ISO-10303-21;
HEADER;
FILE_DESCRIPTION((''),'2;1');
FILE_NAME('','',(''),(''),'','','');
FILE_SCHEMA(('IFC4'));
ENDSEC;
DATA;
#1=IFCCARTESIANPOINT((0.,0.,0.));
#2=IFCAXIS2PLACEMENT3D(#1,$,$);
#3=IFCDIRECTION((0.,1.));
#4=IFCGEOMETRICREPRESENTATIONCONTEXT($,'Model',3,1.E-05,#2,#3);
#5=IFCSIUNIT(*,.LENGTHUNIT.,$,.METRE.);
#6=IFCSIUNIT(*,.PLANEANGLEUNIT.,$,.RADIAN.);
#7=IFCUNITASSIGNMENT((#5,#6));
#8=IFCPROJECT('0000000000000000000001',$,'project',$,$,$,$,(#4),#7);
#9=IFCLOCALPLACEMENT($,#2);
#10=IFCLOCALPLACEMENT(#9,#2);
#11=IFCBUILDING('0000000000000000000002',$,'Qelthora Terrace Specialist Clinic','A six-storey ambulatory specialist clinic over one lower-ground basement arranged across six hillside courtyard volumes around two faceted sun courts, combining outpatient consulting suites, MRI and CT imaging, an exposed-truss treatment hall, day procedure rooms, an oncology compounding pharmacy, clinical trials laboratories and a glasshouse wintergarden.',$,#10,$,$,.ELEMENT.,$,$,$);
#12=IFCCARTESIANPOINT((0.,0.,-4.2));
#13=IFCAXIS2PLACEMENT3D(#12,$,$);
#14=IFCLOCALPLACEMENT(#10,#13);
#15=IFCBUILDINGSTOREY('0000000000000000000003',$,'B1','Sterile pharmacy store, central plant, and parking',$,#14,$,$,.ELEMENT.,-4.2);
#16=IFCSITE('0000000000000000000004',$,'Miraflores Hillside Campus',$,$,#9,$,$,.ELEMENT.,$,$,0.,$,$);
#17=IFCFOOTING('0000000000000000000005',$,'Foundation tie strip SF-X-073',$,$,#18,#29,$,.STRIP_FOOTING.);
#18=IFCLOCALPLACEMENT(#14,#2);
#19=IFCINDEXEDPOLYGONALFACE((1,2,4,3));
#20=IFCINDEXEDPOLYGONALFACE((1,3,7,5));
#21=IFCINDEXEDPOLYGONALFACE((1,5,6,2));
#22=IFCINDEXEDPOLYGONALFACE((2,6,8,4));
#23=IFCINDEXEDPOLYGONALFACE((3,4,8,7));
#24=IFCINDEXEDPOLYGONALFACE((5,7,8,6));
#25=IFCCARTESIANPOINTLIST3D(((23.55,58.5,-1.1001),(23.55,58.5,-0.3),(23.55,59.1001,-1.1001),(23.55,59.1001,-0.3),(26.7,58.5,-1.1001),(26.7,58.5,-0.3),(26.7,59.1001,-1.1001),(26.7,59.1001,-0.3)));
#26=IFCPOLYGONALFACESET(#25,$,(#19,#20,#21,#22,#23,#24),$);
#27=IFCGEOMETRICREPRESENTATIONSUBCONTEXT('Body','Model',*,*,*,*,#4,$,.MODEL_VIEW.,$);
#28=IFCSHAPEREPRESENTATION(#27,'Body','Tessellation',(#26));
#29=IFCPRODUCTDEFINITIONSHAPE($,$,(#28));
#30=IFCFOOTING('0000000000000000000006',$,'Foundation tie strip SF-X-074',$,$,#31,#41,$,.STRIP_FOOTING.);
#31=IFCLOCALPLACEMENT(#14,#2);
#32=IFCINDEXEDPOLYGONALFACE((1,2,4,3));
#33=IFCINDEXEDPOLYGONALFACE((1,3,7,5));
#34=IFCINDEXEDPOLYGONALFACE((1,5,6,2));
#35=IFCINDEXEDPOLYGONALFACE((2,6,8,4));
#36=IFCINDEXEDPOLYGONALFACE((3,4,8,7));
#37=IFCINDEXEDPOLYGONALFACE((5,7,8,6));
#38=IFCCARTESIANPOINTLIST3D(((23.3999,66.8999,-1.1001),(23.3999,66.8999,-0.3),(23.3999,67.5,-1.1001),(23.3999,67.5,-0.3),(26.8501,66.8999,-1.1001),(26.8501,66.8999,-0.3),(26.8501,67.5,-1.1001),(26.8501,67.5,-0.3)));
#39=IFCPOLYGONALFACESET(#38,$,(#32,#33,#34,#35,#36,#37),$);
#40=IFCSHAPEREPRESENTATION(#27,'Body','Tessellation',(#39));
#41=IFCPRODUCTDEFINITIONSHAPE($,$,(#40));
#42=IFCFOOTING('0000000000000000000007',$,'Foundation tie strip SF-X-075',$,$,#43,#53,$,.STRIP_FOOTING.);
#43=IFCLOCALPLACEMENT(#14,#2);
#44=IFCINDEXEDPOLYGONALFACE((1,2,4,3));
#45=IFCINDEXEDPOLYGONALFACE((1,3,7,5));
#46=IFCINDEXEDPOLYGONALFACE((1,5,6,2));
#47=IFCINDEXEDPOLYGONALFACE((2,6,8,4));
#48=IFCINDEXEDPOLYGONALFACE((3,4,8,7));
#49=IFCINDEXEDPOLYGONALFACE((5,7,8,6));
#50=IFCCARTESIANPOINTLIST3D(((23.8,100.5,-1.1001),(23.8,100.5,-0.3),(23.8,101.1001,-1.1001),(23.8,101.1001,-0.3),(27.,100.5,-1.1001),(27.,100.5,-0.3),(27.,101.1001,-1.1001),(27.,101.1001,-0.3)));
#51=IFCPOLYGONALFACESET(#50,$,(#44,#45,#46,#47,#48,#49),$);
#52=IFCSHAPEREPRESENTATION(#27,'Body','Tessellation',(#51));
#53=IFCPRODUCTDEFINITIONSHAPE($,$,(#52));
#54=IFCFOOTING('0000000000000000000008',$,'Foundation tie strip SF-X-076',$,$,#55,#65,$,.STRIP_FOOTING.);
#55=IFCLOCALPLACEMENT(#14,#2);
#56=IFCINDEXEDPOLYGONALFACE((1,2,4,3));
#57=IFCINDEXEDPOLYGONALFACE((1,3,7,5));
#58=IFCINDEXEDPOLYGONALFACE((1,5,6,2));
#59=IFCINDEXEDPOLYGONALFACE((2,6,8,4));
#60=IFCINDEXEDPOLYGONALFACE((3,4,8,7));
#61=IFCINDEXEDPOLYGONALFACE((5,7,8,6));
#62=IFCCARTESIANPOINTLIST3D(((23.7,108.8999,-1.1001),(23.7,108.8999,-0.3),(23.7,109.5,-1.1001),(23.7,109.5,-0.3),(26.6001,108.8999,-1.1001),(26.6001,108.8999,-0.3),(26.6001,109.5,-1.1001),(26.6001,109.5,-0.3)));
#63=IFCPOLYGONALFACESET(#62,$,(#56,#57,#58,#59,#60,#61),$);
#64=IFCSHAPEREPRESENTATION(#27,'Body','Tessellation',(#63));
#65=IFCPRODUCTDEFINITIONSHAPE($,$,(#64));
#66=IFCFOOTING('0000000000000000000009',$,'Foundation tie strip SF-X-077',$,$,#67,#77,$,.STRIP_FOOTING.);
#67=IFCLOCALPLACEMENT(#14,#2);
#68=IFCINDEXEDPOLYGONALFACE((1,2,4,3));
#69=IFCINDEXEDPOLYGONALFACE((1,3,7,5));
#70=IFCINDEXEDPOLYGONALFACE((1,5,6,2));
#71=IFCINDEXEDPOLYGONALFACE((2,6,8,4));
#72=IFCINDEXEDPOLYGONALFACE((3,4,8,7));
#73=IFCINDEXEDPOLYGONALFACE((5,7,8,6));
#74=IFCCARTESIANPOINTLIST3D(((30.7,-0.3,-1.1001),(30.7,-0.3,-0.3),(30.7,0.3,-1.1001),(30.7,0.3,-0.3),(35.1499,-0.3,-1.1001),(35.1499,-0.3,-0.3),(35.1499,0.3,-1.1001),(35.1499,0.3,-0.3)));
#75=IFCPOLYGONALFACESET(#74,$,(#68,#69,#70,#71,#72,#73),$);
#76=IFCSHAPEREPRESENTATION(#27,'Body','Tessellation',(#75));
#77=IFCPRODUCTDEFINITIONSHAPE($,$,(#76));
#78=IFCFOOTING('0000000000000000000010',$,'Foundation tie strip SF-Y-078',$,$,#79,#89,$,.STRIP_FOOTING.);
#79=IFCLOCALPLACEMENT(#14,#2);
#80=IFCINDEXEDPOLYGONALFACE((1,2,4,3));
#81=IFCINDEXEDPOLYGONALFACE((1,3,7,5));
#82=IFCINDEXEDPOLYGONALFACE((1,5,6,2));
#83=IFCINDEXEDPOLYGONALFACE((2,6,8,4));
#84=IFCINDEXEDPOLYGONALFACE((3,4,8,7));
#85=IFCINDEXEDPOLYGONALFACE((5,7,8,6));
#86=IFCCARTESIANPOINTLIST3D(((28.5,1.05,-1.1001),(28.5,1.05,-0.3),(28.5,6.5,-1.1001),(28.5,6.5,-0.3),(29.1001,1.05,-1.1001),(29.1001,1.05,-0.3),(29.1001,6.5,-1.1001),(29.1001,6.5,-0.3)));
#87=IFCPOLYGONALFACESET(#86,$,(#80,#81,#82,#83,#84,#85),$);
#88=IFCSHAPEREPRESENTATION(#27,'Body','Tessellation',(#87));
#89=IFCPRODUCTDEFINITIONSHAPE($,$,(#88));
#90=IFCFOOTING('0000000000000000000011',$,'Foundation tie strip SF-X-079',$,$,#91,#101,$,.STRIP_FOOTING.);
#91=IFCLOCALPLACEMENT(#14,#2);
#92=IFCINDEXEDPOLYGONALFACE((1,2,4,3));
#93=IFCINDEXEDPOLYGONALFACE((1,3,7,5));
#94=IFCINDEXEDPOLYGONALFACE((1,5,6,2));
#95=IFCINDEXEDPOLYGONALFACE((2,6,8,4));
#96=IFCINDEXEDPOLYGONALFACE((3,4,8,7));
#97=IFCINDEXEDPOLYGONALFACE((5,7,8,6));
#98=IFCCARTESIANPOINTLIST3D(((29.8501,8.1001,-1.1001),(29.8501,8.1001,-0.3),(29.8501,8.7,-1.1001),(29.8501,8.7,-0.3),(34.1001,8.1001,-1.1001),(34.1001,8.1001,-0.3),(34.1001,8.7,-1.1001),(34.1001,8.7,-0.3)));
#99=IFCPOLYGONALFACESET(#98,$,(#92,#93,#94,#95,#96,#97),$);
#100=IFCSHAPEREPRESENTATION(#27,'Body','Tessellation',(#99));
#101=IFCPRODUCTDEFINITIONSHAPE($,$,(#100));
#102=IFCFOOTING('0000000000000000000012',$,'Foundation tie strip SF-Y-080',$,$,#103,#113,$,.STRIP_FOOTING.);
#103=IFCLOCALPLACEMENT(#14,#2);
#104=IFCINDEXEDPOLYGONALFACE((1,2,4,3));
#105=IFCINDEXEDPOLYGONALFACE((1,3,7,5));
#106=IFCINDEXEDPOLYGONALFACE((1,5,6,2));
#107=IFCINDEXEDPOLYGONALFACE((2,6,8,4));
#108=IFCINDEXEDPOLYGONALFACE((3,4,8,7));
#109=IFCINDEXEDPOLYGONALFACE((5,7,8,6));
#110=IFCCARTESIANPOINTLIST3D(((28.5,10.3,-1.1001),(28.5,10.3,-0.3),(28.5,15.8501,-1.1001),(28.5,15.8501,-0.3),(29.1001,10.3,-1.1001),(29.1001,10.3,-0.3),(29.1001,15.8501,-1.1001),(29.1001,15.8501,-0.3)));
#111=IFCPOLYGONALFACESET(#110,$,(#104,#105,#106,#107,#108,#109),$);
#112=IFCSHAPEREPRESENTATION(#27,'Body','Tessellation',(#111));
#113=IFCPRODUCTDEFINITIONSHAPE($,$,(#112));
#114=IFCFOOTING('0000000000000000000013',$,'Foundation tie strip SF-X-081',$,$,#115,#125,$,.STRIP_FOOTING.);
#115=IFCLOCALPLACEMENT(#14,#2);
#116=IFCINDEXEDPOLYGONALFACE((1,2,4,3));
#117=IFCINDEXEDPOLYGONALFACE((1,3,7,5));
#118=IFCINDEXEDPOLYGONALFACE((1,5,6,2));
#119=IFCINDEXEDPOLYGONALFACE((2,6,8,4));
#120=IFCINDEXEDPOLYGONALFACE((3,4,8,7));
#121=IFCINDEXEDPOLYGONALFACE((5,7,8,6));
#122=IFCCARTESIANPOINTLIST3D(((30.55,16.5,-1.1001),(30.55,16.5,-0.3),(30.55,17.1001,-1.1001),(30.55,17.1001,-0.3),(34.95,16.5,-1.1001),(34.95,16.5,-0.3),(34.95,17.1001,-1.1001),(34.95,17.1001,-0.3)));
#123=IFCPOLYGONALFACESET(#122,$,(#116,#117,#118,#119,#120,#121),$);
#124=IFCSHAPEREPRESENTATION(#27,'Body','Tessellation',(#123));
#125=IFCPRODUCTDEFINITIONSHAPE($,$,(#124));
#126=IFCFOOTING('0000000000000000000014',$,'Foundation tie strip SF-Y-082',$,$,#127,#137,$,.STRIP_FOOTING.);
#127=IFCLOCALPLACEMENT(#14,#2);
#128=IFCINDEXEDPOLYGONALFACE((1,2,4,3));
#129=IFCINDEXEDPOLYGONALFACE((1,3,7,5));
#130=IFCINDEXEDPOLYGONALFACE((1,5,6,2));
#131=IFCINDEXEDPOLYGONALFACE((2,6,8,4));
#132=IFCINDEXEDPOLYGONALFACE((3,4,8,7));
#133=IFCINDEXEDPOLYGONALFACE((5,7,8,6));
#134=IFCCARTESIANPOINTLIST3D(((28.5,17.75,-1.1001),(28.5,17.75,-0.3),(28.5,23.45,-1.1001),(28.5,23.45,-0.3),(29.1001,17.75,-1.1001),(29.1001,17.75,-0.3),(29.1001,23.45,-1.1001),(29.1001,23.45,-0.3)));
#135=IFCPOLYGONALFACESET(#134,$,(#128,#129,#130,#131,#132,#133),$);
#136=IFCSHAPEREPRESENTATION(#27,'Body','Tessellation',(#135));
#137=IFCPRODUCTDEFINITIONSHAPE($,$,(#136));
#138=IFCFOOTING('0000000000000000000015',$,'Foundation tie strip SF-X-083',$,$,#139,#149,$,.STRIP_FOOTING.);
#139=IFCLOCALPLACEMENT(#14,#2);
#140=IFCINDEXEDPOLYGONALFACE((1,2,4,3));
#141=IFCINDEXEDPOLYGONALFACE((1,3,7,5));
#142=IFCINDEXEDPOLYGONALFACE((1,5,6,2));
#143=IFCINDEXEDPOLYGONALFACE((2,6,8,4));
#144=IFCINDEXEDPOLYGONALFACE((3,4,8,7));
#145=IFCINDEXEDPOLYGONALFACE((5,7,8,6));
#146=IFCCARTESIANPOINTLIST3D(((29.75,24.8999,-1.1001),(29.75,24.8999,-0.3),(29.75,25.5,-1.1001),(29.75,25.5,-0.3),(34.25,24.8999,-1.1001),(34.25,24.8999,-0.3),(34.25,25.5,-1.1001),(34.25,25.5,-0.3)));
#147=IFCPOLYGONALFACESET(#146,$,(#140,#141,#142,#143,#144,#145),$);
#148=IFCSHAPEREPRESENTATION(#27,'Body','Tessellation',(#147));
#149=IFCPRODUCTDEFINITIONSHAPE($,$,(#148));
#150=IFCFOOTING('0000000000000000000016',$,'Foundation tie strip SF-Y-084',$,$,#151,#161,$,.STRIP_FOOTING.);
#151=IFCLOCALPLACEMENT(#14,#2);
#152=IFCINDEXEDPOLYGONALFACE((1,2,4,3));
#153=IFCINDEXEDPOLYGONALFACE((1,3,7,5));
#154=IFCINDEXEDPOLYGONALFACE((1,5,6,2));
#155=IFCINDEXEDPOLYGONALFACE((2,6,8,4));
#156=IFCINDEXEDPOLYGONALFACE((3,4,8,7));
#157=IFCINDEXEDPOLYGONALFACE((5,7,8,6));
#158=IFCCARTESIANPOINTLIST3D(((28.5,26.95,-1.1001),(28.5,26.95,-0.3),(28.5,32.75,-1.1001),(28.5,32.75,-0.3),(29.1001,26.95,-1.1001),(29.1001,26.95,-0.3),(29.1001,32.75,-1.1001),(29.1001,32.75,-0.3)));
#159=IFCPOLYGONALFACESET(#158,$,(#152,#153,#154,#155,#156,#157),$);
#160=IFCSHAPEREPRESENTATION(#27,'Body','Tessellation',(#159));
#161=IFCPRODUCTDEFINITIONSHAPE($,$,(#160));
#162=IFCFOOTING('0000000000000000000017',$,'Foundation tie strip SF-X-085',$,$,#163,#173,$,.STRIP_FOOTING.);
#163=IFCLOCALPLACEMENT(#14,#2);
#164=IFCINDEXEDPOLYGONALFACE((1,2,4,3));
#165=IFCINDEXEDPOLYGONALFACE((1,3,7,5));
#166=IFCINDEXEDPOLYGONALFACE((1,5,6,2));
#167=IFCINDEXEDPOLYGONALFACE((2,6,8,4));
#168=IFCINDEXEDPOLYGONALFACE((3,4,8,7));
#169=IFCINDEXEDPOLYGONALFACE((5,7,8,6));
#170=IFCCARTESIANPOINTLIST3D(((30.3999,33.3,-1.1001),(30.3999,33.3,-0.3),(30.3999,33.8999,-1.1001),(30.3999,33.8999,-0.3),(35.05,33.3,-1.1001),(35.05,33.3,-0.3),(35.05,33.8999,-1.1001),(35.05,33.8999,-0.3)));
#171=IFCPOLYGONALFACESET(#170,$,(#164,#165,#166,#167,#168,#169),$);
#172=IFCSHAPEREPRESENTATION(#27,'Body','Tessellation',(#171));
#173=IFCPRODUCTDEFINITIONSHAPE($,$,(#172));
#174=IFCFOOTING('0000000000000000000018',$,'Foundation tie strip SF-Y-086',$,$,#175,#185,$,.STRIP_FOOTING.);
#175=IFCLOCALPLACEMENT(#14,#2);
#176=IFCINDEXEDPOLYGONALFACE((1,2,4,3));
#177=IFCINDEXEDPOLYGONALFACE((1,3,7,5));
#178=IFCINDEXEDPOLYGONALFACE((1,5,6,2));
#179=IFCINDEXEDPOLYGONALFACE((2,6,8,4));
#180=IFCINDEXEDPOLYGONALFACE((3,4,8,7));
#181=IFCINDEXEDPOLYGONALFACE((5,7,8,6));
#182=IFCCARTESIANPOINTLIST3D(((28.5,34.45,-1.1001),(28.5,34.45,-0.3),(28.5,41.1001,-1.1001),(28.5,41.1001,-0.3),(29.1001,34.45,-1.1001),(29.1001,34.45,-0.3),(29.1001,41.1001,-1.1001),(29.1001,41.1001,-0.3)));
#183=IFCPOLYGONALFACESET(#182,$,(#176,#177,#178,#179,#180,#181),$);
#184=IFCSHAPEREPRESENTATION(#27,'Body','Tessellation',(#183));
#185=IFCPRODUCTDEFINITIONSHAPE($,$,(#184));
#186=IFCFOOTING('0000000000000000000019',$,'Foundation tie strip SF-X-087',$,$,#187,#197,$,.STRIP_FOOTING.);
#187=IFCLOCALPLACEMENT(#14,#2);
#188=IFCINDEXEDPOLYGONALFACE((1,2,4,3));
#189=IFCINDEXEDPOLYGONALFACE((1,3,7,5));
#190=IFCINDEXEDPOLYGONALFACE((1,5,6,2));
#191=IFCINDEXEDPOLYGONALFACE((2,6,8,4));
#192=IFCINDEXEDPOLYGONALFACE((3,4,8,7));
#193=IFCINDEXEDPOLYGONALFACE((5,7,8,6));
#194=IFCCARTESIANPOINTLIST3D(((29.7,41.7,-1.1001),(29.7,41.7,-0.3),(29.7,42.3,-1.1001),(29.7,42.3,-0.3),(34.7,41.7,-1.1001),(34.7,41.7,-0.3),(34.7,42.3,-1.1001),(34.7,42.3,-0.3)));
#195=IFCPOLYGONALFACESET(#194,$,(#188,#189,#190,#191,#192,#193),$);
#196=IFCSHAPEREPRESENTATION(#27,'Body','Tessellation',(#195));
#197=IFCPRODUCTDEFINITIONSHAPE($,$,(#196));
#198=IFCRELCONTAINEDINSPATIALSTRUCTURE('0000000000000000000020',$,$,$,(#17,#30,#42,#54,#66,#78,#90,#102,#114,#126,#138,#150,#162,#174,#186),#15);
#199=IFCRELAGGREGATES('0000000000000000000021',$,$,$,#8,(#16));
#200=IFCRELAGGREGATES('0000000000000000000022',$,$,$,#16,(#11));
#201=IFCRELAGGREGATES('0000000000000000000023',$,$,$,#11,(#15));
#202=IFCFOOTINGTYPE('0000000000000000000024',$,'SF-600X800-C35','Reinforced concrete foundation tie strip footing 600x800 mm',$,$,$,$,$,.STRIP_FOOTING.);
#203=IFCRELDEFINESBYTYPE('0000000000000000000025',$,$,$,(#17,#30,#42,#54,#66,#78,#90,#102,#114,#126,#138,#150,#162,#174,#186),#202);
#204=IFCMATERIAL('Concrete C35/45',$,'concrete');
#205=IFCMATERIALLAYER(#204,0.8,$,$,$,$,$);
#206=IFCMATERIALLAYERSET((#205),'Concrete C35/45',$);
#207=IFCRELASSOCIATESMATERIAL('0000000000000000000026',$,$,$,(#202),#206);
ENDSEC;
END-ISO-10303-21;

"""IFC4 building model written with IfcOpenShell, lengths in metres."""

from ifc_helpers import new_model, si_unit, direction, frame, origin, place, context, subcontext, project, spatial, polyline, outline, extrude, material, layer, layer_set, type_object, element, save


model = new_model("IFC4")

# Units and contexts
model_context = context("Model", 3, precision=1e-05, world=origin(), true_north=direction((0.0, 1.0)))
body_context = subcontext(model_context, "Body", "Model", "MODEL_VIEW")
ifc_project = project(units=[si_unit("LENGTHUNIT", "METRE"), si_unit("PLANEANGLEUNIT", "RADIAN")], contexts=[model_context])

# Site, building, storey
site_placement = place(None, origin())
site = spatial("IfcSite", under=ifc_project, at=site_placement, Name="Miraflores Hillside Campus", CompositionType="ELEMENT", RefElevation=0.0)
building_placement = place(site_placement, origin())
building = spatial("IfcBuilding", under=site, at=building_placement, Name="Qelthora Terrace Specialist Clinic", Description="A six-storey ambulatory specialist clinic over one lower-ground basement arranged across six hillside courtyard volumes around two faceted sun courts, combining outpatient consulting suites, MRI and CT imaging, an exposed-truss treatment hall, day procedure rooms, an oncology compounding pharmacy, clinical trials laboratories and a glasshouse wintergarden.", CompositionType="ELEMENT")
storey_placement = place(building_placement, frame((0.0, 0.0, -4.2)))
storey = spatial("IfcBuildingStorey", under=building, at=storey_placement, Name="B1", Description="Sterile pharmacy store, central plant, and parking", CompositionType="ELEMENT", Elevation=-4.2)

# Footings
ifc_material = material(Name="Concrete C35/45", Category="concrete")
ifc_layer = layer(ifc_material, 0.8)
ifc_layer_set = layer_set([ifc_layer], Name="Concrete C35/45")
footing_type = type_object("IfcFootingType", Name="SF-600X800-C35", Description="Reinforced concrete foundation tie strip footing 600x800 mm", PredefinedType="STRIP_FOOTING", material=ifc_layer_set)
footing_1_placement = place(storey_placement, frame((0.0, 0.0, -1.1001)))
element("IfcFooting", 1, at=footing_1_placement, inside=storey, type_object=footing_type, Name="Foundation tie strip SF-X-073", PredefinedType="STRIP_FOOTING", context=body_context, shape_type="SweptSolid", body=[
    extrude(outline(polyline([(23.55, 58.5), (26.7, 58.5), (26.7, 59.1001), (23.55, 59.1001), (23.55, 58.5)])), origin(), (0.0, 0.0, 1.0), 0.8),
])
footing_2_placement = place(storey_placement, frame((0.0, 0.0, -1.1001)))
element("IfcFooting", 2, at=footing_2_placement, inside=storey, type_object=footing_type, Name="Foundation tie strip SF-X-074", PredefinedType="STRIP_FOOTING", context=body_context, shape_type="SweptSolid", body=[
    extrude(outline(polyline([(23.3999, 66.8999), (26.8501, 66.8999), (26.8501, 67.5), (23.3999, 67.5), (23.3999, 66.8999)])), origin(), (0.0, 0.0, 1.0), 0.8),
])
footing_3_placement = place(storey_placement, frame((0.0, 0.0, -1.1001)))
element("IfcFooting", 3, at=footing_3_placement, inside=storey, type_object=footing_type, Name="Foundation tie strip SF-X-075", PredefinedType="STRIP_FOOTING", context=body_context, shape_type="SweptSolid", body=[
    extrude(outline(polyline([(23.8, 100.5), (27.0, 100.5), (27.0, 101.1001), (23.8, 101.1001), (23.8, 100.5)])), origin(), (0.0, 0.0, 1.0), 0.8),
])
footing_4_placement = place(storey_placement, frame((0.0, 0.0, -1.1001)))
element("IfcFooting", 4, at=footing_4_placement, inside=storey, type_object=footing_type, Name="Foundation tie strip SF-X-076", PredefinedType="STRIP_FOOTING", context=body_context, shape_type="SweptSolid", body=[
    extrude(outline(polyline([(23.7, 108.8999), (26.6001, 108.8999), (26.6001, 109.5), (23.7, 109.5), (23.7, 108.8999)])), origin(), (0.0, 0.0, 1.0), 0.8),
])
footing_5_placement = place(storey_placement, frame((0.0, 0.0, -1.1001)))
element("IfcFooting", 5, at=footing_5_placement, inside=storey, type_object=footing_type, Name="Foundation tie strip SF-X-077", PredefinedType="STRIP_FOOTING", context=body_context, shape_type="SweptSolid", body=[
    extrude(outline(polyline([(30.7, -0.3), (35.1499, -0.3), (35.1499, 0.3), (30.7, 0.3), (30.7, -0.3)])), origin(), (0.0, 0.0, 1.0), 0.8),
])
footing_6_placement = place(storey_placement, frame((0.0, 0.0, -1.1001)))
element("IfcFooting", 6, at=footing_6_placement, inside=storey, type_object=footing_type, Name="Foundation tie strip SF-Y-078", PredefinedType="STRIP_FOOTING", context=body_context, shape_type="SweptSolid", body=[
    extrude(outline(polyline([(28.5, 1.05), (29.1001, 1.05), (29.1001, 6.5), (28.5, 6.5), (28.5, 1.05)])), origin(), (0.0, 0.0, 1.0), 0.8),
])
footing_7_placement = place(storey_placement, frame((0.0, 0.0, -1.1001)))
element("IfcFooting", 7, at=footing_7_placement, inside=storey, type_object=footing_type, Name="Foundation tie strip SF-X-079", PredefinedType="STRIP_FOOTING", context=body_context, shape_type="SweptSolid", body=[
    extrude(outline(polyline([(29.8501, 8.1001), (34.1001, 8.1001), (34.1001, 8.7), (29.8501, 8.7), (29.8501, 8.1001)])), origin(), (0.0, 0.0, 1.0), 0.8),
])
footing_8_placement = place(storey_placement, frame((0.0, 0.0, -1.1001)))
element("IfcFooting", 8, at=footing_8_placement, inside=storey, type_object=footing_type, Name="Foundation tie strip SF-Y-080", PredefinedType="STRIP_FOOTING", context=body_context, shape_type="SweptSolid", body=[
    extrude(outline(polyline([(28.5, 10.3), (29.1001, 10.3), (29.1001, 15.8501), (28.5, 15.8501), (28.5, 10.3)])), origin(), (0.0, 0.0, 1.0), 0.8),
])
footing_9_placement = place(storey_placement, frame((0.0, 0.0, -1.1001)))
element("IfcFooting", 9, at=footing_9_placement, inside=storey, type_object=footing_type, Name="Foundation tie strip SF-X-081", PredefinedType="STRIP_FOOTING", context=body_context, shape_type="SweptSolid", body=[
    extrude(outline(polyline([(30.55, 16.5), (34.95, 16.5), (34.95, 17.1001), (30.55, 17.1001), (30.55, 16.5)])), origin(), (0.0, 0.0, 1.0), 0.8),
])
footing_10_placement = place(storey_placement, frame((0.0, 0.0, -1.1001)))
element("IfcFooting", 10, at=footing_10_placement, inside=storey, type_object=footing_type, Name="Foundation tie strip SF-Y-082", PredefinedType="STRIP_FOOTING", context=body_context, shape_type="SweptSolid", body=[
    extrude(outline(polyline([(28.5, 17.75), (29.1001, 17.75), (29.1001, 23.45), (28.5, 23.45), (28.5, 17.75)])), origin(), (0.0, 0.0, 1.0), 0.8),
])
footing_11_placement = place(storey_placement, frame((0.0, 0.0, -1.1001)))
element("IfcFooting", 11, at=footing_11_placement, inside=storey, type_object=footing_type, Name="Foundation tie strip SF-X-083", PredefinedType="STRIP_FOOTING", context=body_context, shape_type="SweptSolid", body=[
    extrude(outline(polyline([(29.75, 24.8999), (34.25, 24.8999), (34.25, 25.5), (29.75, 25.5), (29.75, 24.8999)])), origin(), (0.0, 0.0, 1.0), 0.8),
])
footing_12_placement = place(storey_placement, frame((0.0, 0.0, -1.1001)))
element("IfcFooting", 12, at=footing_12_placement, inside=storey, type_object=footing_type, Name="Foundation tie strip SF-Y-084", PredefinedType="STRIP_FOOTING", context=body_context, shape_type="SweptSolid", body=[
    extrude(outline(polyline([(28.5, 26.95), (29.1001, 26.95), (29.1001, 32.75), (28.5, 32.75), (28.5, 26.95)])), origin(), (0.0, 0.0, 1.0), 0.8),
])
footing_13_placement = place(storey_placement, frame((0.0, 0.0, -1.1001)))
element("IfcFooting", 13, at=footing_13_placement, inside=storey, type_object=footing_type, Name="Foundation tie strip SF-X-085", PredefinedType="STRIP_FOOTING", context=body_context, shape_type="SweptSolid", body=[
    extrude(outline(polyline([(30.3999, 33.3), (35.05, 33.3), (35.05, 33.8999), (30.3999, 33.8999), (30.3999, 33.3)])), origin(), (0.0, 0.0, 1.0), 0.8),
])
footing_14_placement = place(storey_placement, frame((0.0, 0.0, -1.1001)))
element("IfcFooting", 14, at=footing_14_placement, inside=storey, type_object=footing_type, Name="Foundation tie strip SF-Y-086", PredefinedType="STRIP_FOOTING", context=body_context, shape_type="SweptSolid", body=[
    extrude(outline(polyline([(28.5, 34.45), (29.1001, 34.45), (29.1001, 41.1001), (28.5, 41.1001), (28.5, 34.45)])), origin(), (0.0, 0.0, 1.0), 0.8),
])
footing_15_placement = place(storey_placement, frame((0.0, 0.0, -1.1001)))
element("IfcFooting", 15, at=footing_15_placement, inside=storey, type_object=footing_type, Name="Foundation tie strip SF-X-087", PredefinedType="STRIP_FOOTING", context=body_context, shape_type="SweptSolid", body=[
    extrude(outline(polyline([(29.7, 41.7), (34.7, 41.7), (34.7, 42.3), (29.7, 42.3), (29.7, 41.7)])), origin(), (0.0, 0.0, 1.0), 0.8),
])

save(model, "model.ifc")
